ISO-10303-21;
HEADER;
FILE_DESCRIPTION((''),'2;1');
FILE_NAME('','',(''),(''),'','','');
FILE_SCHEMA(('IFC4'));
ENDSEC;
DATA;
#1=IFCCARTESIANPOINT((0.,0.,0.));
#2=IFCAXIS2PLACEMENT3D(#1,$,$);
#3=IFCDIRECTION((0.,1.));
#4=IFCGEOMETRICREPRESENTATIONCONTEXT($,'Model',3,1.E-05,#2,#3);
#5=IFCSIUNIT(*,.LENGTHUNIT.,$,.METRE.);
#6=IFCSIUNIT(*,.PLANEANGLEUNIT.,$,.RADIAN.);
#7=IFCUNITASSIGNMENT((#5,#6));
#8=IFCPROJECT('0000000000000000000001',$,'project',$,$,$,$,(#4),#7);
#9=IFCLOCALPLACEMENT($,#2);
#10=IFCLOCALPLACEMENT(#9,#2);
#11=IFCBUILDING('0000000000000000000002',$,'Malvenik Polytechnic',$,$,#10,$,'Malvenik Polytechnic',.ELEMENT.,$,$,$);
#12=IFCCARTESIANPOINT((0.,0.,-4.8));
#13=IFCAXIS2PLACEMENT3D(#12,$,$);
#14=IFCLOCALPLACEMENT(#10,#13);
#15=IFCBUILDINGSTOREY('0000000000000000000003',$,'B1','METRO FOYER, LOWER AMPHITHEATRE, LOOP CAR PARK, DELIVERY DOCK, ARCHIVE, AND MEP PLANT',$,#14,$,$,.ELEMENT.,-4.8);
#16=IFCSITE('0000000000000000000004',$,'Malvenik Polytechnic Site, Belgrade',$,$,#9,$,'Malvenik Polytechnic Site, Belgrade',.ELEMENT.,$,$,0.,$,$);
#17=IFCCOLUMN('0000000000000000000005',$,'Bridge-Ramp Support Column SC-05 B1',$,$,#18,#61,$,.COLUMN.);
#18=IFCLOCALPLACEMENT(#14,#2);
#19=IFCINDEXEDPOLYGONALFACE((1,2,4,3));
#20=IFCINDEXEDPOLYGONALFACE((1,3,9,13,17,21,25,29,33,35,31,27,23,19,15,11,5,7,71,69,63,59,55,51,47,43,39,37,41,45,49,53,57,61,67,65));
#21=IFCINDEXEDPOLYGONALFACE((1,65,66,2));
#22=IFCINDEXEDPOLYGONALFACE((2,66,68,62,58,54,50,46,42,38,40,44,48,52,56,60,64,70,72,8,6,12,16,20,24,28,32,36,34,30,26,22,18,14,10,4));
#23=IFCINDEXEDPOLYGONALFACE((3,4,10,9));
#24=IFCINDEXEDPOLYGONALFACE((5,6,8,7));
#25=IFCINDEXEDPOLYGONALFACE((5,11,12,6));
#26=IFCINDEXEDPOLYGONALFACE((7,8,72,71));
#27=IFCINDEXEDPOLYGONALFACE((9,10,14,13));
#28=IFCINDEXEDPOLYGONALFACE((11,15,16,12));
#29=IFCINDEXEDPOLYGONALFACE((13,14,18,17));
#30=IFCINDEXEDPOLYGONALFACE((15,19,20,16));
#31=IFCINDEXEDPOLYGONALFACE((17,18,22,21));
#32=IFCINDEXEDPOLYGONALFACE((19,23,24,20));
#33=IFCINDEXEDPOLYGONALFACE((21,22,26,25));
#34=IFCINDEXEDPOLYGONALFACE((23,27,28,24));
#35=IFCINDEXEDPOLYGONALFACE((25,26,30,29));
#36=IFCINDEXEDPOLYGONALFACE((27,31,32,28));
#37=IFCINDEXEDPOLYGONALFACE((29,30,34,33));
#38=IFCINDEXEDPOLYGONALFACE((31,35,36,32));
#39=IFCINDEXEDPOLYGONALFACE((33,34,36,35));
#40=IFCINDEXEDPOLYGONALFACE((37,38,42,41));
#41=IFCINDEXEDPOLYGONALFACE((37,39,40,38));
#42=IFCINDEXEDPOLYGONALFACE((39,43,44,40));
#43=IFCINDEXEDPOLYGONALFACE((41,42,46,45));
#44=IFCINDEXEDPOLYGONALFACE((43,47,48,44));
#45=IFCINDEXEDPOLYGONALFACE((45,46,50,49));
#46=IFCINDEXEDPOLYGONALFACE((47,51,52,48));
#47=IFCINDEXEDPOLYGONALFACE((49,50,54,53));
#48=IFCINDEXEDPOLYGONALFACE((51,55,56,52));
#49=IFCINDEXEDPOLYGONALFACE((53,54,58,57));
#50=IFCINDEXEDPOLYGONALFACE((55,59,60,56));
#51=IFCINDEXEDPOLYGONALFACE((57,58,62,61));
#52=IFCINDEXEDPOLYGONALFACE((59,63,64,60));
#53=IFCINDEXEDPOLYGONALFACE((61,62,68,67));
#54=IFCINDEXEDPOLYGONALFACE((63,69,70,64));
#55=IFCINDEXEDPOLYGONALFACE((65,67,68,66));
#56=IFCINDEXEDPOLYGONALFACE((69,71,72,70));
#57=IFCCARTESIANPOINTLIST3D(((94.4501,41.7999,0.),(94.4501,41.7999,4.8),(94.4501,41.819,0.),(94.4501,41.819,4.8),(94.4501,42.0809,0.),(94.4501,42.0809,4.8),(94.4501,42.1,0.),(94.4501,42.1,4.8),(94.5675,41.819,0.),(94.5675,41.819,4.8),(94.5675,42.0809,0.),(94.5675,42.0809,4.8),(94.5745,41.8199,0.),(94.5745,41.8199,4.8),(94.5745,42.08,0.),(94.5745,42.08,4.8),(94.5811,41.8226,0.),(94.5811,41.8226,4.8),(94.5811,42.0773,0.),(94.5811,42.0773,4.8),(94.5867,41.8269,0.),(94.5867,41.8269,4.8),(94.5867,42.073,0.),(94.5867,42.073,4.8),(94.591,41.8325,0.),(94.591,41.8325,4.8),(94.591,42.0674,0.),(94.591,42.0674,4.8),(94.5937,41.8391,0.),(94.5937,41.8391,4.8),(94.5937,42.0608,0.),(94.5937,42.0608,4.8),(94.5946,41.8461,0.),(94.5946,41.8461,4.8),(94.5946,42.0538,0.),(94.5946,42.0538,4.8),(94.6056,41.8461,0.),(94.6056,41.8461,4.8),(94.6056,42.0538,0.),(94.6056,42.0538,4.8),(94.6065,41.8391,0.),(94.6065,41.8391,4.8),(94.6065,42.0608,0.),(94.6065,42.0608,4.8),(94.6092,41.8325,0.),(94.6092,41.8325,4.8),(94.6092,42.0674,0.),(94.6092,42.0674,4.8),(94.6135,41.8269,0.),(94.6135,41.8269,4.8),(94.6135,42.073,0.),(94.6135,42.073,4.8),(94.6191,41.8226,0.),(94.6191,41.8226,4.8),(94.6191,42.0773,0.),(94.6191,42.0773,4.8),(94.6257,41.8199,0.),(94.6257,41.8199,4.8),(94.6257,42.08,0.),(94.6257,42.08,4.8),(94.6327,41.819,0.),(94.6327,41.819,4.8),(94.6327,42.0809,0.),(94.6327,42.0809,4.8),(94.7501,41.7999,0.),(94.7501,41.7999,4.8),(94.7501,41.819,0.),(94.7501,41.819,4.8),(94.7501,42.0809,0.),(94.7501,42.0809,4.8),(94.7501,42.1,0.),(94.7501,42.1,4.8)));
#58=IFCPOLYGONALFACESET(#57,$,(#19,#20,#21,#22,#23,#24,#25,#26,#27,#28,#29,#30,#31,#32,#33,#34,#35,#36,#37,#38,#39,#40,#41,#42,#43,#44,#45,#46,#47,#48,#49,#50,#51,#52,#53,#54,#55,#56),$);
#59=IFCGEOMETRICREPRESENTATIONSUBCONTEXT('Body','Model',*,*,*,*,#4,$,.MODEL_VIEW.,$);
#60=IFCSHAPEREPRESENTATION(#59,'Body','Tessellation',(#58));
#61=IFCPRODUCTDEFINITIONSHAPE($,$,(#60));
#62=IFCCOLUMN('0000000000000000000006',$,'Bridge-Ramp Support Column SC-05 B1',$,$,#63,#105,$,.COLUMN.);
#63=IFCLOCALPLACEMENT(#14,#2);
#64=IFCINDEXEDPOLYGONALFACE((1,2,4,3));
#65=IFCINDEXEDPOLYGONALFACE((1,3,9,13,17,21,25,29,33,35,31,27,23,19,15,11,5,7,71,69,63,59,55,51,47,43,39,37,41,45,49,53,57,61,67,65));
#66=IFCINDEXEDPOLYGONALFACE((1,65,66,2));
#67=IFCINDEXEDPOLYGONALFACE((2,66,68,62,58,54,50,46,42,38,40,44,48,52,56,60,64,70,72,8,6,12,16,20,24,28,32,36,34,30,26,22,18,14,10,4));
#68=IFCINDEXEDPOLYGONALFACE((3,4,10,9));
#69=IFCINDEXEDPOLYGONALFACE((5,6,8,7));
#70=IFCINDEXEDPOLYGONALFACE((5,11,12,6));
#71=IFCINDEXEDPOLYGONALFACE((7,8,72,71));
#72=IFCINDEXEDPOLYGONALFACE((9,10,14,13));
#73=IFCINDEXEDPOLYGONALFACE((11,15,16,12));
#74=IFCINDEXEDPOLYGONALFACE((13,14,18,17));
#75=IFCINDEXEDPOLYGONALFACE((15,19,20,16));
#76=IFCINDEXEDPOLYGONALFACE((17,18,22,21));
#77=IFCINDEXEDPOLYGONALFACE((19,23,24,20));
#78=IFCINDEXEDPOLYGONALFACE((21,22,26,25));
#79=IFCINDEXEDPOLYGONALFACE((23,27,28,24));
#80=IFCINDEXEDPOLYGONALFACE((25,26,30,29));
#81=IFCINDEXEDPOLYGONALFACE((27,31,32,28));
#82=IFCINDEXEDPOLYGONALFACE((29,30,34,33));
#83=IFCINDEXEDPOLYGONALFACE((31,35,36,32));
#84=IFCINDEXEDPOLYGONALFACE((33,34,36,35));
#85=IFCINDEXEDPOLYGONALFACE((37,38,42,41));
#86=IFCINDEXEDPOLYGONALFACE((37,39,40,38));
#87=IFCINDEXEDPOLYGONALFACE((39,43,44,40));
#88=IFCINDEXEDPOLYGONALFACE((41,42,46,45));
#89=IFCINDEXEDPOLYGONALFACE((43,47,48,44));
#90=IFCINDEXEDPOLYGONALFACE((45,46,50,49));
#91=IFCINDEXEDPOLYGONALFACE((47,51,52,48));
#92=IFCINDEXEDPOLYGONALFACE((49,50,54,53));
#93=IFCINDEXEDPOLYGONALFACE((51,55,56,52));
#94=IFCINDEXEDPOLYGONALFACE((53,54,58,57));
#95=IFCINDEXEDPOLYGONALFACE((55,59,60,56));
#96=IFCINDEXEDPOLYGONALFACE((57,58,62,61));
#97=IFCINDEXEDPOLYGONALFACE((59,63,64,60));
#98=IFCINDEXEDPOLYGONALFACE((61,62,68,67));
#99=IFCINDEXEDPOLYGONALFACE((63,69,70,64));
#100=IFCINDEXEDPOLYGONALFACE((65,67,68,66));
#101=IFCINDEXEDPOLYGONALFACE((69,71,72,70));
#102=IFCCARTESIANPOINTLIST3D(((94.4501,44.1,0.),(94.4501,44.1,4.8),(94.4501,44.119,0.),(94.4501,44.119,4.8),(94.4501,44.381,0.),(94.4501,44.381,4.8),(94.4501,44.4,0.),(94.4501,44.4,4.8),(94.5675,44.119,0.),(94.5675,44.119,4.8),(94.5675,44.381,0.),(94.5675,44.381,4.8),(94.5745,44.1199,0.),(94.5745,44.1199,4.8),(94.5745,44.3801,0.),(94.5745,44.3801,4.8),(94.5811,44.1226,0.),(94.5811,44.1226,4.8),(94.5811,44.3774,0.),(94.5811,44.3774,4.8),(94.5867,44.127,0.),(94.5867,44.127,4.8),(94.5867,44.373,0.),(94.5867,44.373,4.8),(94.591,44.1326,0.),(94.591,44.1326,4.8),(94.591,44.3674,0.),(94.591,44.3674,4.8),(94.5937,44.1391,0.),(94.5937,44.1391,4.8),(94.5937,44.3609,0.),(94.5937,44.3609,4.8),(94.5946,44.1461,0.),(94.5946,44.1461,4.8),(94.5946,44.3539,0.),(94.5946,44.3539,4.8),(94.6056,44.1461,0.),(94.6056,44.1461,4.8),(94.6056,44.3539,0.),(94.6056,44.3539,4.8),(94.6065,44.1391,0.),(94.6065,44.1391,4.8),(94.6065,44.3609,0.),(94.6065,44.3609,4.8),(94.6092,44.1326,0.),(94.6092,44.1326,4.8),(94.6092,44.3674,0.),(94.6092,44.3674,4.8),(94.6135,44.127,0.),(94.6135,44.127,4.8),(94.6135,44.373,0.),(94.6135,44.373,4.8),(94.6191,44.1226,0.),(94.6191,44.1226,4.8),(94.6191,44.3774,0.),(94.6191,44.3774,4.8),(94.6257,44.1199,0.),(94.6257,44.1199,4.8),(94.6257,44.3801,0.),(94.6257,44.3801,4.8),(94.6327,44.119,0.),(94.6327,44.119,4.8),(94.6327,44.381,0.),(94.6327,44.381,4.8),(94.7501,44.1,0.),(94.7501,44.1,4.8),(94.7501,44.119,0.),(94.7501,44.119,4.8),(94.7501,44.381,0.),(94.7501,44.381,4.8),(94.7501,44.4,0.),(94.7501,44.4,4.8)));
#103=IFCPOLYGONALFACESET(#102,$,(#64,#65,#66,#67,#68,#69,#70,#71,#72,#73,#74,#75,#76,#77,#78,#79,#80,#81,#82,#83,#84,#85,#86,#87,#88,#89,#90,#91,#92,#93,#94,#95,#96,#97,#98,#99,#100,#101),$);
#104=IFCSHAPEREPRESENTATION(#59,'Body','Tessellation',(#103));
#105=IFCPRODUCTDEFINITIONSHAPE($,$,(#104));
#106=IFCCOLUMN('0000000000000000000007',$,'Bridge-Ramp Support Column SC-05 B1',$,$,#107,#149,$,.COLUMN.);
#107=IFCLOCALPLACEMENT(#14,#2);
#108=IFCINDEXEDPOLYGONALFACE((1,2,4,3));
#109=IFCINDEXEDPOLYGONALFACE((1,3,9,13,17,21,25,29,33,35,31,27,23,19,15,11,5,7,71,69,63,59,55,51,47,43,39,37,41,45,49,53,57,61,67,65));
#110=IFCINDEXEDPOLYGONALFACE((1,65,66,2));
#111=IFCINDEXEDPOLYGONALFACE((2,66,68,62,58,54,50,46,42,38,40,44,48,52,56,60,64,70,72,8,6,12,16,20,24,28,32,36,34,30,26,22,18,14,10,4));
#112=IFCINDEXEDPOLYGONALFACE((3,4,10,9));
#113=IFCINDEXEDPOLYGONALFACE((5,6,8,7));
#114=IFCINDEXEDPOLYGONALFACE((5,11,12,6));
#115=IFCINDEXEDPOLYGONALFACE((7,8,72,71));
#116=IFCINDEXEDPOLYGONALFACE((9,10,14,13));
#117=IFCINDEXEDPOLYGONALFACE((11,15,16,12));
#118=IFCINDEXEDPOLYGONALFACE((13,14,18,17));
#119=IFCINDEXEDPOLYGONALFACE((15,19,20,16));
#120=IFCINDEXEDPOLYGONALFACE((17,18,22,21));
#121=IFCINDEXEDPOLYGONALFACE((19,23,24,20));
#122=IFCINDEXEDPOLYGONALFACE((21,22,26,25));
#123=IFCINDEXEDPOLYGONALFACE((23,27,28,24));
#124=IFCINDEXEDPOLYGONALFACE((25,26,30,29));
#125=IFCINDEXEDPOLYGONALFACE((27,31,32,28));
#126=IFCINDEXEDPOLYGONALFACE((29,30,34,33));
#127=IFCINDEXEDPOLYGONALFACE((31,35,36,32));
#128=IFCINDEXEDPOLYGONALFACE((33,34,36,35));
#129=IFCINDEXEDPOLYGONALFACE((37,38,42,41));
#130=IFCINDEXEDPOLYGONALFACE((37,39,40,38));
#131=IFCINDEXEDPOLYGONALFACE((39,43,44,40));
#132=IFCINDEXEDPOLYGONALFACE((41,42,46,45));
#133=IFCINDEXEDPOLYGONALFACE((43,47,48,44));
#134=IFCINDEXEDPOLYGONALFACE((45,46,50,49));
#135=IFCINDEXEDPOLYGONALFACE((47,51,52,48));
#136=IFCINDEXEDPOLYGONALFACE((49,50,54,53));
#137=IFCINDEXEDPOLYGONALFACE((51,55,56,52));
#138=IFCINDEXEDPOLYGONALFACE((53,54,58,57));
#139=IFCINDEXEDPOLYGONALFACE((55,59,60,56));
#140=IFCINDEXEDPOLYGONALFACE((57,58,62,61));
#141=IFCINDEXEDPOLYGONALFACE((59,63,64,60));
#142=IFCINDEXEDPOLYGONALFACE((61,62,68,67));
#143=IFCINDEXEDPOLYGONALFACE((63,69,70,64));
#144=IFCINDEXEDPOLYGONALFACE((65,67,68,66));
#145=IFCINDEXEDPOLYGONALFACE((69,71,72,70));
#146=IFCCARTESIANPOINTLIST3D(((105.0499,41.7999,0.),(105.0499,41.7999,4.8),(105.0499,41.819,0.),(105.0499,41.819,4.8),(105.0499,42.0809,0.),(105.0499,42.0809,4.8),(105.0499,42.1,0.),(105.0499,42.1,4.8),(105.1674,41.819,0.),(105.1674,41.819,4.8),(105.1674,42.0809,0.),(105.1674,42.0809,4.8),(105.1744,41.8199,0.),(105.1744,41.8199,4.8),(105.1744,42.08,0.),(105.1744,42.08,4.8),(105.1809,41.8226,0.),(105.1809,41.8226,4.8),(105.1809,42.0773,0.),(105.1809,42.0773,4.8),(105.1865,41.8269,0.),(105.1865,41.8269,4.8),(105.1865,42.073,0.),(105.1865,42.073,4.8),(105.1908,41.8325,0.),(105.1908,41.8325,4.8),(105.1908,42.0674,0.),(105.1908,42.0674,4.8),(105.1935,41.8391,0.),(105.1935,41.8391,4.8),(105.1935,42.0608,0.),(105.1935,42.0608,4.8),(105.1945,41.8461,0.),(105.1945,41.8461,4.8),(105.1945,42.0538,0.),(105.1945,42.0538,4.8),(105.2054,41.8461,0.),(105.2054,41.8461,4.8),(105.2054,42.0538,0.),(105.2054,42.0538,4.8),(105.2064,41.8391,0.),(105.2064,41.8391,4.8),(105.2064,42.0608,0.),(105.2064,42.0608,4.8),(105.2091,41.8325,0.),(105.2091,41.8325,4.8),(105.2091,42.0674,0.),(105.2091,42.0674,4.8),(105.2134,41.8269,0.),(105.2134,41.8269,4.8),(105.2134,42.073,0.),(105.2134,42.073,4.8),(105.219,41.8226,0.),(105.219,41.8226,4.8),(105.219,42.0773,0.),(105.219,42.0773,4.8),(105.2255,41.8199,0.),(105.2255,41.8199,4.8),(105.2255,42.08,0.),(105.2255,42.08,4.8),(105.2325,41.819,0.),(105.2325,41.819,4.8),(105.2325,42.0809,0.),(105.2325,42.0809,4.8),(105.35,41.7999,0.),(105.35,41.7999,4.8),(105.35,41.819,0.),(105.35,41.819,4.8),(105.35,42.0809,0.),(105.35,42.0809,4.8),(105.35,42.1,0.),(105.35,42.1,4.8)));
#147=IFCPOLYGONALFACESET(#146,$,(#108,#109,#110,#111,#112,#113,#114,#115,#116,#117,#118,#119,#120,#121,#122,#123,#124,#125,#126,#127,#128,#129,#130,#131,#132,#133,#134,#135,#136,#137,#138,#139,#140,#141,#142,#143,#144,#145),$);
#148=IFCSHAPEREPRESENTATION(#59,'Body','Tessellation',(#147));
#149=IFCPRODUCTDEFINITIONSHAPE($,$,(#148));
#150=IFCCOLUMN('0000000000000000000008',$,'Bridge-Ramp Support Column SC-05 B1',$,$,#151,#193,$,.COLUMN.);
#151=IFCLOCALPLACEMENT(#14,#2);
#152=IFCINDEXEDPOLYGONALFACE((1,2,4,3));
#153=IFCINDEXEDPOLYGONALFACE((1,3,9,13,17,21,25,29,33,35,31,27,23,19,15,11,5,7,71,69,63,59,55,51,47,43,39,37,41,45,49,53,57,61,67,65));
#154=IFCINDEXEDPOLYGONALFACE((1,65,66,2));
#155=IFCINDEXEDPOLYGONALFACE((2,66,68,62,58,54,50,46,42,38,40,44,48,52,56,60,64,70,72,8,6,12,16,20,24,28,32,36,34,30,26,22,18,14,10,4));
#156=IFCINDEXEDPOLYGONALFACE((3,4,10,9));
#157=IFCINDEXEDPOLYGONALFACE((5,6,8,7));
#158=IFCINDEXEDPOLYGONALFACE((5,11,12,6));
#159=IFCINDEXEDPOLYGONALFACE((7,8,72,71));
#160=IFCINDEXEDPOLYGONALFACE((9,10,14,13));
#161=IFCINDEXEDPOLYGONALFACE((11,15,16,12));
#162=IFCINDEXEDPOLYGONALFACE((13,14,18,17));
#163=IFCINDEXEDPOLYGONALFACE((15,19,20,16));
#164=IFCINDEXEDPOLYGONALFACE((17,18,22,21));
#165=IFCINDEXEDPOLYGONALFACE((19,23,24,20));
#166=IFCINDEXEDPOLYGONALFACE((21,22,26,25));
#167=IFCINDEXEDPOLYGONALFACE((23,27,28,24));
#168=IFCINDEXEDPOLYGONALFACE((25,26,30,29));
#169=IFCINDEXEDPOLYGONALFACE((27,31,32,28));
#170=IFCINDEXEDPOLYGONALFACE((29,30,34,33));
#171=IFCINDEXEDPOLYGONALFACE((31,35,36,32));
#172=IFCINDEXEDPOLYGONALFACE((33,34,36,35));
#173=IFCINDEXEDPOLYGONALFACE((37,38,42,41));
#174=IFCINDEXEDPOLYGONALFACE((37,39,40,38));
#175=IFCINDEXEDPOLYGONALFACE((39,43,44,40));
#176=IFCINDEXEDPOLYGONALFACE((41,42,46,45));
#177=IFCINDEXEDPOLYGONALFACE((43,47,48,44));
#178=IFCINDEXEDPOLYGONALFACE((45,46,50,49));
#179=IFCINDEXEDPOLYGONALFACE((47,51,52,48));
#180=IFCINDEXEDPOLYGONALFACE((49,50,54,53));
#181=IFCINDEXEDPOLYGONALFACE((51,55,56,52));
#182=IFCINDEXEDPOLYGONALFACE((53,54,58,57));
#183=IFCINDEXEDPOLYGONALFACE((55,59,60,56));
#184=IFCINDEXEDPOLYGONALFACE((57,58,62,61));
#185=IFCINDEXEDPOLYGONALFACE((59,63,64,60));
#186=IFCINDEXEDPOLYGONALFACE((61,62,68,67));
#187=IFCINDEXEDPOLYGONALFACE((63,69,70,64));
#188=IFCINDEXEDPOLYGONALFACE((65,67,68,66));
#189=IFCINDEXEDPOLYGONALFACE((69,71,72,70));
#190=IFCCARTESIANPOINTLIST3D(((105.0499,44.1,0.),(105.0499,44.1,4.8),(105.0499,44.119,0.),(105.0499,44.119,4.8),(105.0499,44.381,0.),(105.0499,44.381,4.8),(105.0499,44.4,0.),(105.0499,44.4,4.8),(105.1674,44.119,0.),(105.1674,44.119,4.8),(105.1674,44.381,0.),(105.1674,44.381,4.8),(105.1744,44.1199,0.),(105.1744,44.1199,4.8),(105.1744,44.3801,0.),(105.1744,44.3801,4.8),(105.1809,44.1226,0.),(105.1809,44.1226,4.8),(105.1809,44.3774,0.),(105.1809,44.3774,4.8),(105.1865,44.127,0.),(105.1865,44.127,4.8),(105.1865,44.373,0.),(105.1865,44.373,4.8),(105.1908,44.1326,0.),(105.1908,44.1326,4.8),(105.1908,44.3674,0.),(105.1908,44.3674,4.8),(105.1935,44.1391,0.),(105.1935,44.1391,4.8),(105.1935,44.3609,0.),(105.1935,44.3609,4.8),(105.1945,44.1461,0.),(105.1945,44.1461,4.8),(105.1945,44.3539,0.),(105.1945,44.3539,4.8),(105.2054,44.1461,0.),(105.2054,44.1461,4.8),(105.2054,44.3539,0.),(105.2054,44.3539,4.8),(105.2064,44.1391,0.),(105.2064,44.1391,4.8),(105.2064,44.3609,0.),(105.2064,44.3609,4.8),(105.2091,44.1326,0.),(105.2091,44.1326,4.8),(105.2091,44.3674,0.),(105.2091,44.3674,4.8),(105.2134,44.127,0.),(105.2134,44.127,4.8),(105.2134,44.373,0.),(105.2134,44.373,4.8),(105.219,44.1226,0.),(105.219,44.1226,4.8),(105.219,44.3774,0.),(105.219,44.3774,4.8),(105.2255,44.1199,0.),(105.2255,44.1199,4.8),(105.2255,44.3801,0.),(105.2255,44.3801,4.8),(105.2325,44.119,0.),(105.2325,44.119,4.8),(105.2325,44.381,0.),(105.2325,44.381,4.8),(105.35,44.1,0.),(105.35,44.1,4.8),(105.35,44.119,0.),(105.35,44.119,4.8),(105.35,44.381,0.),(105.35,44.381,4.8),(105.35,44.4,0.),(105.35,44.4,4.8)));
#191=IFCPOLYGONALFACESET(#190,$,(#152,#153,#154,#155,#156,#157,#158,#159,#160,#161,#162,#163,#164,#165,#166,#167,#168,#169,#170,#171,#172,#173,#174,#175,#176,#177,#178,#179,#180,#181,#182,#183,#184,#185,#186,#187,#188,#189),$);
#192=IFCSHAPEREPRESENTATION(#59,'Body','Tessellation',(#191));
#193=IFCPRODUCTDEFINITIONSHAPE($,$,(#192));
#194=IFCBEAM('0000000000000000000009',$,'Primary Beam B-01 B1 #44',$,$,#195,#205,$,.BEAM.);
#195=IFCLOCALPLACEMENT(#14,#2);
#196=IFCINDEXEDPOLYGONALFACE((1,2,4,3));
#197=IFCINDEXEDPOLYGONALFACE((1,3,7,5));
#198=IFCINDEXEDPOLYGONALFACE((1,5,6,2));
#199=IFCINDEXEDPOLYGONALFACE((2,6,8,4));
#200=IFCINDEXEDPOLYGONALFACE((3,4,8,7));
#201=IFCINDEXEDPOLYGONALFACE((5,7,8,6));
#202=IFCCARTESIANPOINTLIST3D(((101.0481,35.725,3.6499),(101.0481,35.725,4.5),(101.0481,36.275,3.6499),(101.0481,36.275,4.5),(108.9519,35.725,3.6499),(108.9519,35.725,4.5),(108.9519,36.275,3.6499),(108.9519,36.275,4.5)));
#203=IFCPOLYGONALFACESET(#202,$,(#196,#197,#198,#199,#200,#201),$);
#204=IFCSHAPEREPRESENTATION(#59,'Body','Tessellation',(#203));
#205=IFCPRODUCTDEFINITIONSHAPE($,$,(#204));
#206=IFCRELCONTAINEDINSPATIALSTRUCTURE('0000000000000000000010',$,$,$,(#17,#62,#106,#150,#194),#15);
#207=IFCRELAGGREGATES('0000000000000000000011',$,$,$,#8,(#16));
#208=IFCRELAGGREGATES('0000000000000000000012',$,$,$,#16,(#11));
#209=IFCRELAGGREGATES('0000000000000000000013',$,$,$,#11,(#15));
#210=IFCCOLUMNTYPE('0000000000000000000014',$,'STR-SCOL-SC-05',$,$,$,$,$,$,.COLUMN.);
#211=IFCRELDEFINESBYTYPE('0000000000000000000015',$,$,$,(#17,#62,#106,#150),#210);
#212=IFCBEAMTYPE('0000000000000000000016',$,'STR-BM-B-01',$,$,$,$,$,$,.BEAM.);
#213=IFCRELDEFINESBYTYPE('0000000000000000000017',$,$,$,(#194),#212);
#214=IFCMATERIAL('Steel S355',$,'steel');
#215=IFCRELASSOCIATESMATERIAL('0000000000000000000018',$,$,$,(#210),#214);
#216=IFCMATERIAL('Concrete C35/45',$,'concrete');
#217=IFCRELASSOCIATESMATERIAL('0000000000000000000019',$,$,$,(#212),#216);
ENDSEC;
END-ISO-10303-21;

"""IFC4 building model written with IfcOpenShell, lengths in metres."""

from ifc_helpers import new_model, si_unit, direction, frame, origin, origin_2d, place, context, subcontext, project, spatial, rectangle, i_section, extrude, material, material_profile, profile_set, type_object, element, save


model = new_model("IFC4")

# Units and contexts
model_context = context("Model", 3, precision=1e-05, world=origin(), true_north=direction((0.0, 1.0)))
body_context = subcontext(model_context, "Body", "Model", "MODEL_VIEW")
ifc_project = project(units=[si_unit("LENGTHUNIT", "METRE"), si_unit("PLANEANGLEUNIT", "RADIAN")], contexts=[model_context])

# Site, building, storey
site_placement = place(None, origin())
site = spatial("IfcSite", under=ifc_project, at=site_placement, Name="Malvenik Polytechnic Site, Belgrade", LongName="Malvenik Polytechnic Site, Belgrade", CompositionType="ELEMENT", RefElevation=0.0)
building_placement = place(site_placement, origin())
building = spatial("IfcBuilding", under=site, at=building_placement, Name="Malvenik Polytechnic", LongName="Malvenik Polytechnic", CompositionType="ELEMENT")
storey_placement = place(building_placement, frame((0.0, 0.0, -4.8)))
storey = spatial("IfcBuildingStorey", under=building, at=storey_placement, Name="B1", Description="METRO FOYER, LOWER AMPHITHEATRE, LOOP CAR PARK, DELIVERY DOCK, ARCHIVE, AND MEP PLANT", CompositionType="ELEMENT", Elevation=-4.8)

# Shared definitions
ifc_material_1 = material(Name="Concrete C35/45", Category="concrete")

# Columns
ifc_material_2 = material(Name="Steel S355", Category="steel")
ifc_material_profile_1 = material_profile(ifc_material_2, i_section(OverallWidth=0.3, OverallDepth=0.3, WebThickness=0.011, FlangeThickness=0.019, FilletRadius=0.0271, at=origin_2d()), Name="HEB 300")
ifc_profile_set_1 = profile_set([ifc_material_profile_1], Name="Steel S355")
column_type_1 = type_object("IfcColumnType", Name="STR-SCOL-SC-05", PredefinedType="COLUMN", material=ifc_profile_set_1)
for number, where, z_axis, x_axis, name in (
    (1, (94.6001, 41.95, 0.0), (0.0, 0.0, 1.0), (1.0, 0.0, 0.0), "Bridge-Ramp Support Column SC-05 B1"),
    (2, (94.6001, 44.25, 0.0), (0.0, 0.0, 1.0), (1.0, 0.0, 0.0), "Bridge-Ramp Support Column SC-05 B1"),
    (3, (105.2, 41.95, 0.0), (0.0, 0.0, 1.0), (1.0, 0.0, 0.0), "Bridge-Ramp Support Column SC-05 B1"),
    (4, (105.2, 44.25, 0.0), (0.0, 0.0, 1.0), (1.0, 0.0, 0.0), "Bridge-Ramp Support Column SC-05 B1"),
):
    element("IfcColumn", number, at=place(storey_placement, frame(where, z_axis=z_axis, x_axis=x_axis)), inside=storey, type_object=column_type_1, Name=name, PredefinedType="COLUMN", context=body_context, shape_type="SweptSolid", body=[
        extrude(i_section(OverallWidth=0.3, OverallDepth=0.3, WebThickness=0.011, FlangeThickness=0.019, FilletRadius=0.0271, at=origin_2d()), origin(), (0.0, 0.0, 1.0), 4.8),
    ])

# Beam
ifc_material_profile_2 = material_profile(ifc_material_1, rectangle(XDim=0.55, YDim=0.8501, at=origin_2d()), Name="RC BM 550x850")
ifc_profile_set_2 = profile_set([ifc_material_profile_2], Name="Concrete C35/45")
beam_type_1 = type_object("IfcBeamType", Name="STR-BM-B-01", PredefinedType="BEAM", material=ifc_profile_set_2)
beam_1_placement = place(storey_placement, frame((101.0481, 36.0, 4.075), z_axis=(1.0, 0.0, 0.0), x_axis=(0.0, 1.0, 0.0)))
element("IfcBeam", 5, at=beam_1_placement, inside=storey, type_object=beam_type_1, Name="Primary Beam B-01 B1 #44", PredefinedType="BEAM", context=body_context, shape_type="SweptSolid", body=[
    extrude(rectangle(XDim=0.55, YDim=0.8501, at=origin_2d()), origin(), (0.0, 0.0, 1.0), 7.9038),
])

save(model, "model.ifc")
